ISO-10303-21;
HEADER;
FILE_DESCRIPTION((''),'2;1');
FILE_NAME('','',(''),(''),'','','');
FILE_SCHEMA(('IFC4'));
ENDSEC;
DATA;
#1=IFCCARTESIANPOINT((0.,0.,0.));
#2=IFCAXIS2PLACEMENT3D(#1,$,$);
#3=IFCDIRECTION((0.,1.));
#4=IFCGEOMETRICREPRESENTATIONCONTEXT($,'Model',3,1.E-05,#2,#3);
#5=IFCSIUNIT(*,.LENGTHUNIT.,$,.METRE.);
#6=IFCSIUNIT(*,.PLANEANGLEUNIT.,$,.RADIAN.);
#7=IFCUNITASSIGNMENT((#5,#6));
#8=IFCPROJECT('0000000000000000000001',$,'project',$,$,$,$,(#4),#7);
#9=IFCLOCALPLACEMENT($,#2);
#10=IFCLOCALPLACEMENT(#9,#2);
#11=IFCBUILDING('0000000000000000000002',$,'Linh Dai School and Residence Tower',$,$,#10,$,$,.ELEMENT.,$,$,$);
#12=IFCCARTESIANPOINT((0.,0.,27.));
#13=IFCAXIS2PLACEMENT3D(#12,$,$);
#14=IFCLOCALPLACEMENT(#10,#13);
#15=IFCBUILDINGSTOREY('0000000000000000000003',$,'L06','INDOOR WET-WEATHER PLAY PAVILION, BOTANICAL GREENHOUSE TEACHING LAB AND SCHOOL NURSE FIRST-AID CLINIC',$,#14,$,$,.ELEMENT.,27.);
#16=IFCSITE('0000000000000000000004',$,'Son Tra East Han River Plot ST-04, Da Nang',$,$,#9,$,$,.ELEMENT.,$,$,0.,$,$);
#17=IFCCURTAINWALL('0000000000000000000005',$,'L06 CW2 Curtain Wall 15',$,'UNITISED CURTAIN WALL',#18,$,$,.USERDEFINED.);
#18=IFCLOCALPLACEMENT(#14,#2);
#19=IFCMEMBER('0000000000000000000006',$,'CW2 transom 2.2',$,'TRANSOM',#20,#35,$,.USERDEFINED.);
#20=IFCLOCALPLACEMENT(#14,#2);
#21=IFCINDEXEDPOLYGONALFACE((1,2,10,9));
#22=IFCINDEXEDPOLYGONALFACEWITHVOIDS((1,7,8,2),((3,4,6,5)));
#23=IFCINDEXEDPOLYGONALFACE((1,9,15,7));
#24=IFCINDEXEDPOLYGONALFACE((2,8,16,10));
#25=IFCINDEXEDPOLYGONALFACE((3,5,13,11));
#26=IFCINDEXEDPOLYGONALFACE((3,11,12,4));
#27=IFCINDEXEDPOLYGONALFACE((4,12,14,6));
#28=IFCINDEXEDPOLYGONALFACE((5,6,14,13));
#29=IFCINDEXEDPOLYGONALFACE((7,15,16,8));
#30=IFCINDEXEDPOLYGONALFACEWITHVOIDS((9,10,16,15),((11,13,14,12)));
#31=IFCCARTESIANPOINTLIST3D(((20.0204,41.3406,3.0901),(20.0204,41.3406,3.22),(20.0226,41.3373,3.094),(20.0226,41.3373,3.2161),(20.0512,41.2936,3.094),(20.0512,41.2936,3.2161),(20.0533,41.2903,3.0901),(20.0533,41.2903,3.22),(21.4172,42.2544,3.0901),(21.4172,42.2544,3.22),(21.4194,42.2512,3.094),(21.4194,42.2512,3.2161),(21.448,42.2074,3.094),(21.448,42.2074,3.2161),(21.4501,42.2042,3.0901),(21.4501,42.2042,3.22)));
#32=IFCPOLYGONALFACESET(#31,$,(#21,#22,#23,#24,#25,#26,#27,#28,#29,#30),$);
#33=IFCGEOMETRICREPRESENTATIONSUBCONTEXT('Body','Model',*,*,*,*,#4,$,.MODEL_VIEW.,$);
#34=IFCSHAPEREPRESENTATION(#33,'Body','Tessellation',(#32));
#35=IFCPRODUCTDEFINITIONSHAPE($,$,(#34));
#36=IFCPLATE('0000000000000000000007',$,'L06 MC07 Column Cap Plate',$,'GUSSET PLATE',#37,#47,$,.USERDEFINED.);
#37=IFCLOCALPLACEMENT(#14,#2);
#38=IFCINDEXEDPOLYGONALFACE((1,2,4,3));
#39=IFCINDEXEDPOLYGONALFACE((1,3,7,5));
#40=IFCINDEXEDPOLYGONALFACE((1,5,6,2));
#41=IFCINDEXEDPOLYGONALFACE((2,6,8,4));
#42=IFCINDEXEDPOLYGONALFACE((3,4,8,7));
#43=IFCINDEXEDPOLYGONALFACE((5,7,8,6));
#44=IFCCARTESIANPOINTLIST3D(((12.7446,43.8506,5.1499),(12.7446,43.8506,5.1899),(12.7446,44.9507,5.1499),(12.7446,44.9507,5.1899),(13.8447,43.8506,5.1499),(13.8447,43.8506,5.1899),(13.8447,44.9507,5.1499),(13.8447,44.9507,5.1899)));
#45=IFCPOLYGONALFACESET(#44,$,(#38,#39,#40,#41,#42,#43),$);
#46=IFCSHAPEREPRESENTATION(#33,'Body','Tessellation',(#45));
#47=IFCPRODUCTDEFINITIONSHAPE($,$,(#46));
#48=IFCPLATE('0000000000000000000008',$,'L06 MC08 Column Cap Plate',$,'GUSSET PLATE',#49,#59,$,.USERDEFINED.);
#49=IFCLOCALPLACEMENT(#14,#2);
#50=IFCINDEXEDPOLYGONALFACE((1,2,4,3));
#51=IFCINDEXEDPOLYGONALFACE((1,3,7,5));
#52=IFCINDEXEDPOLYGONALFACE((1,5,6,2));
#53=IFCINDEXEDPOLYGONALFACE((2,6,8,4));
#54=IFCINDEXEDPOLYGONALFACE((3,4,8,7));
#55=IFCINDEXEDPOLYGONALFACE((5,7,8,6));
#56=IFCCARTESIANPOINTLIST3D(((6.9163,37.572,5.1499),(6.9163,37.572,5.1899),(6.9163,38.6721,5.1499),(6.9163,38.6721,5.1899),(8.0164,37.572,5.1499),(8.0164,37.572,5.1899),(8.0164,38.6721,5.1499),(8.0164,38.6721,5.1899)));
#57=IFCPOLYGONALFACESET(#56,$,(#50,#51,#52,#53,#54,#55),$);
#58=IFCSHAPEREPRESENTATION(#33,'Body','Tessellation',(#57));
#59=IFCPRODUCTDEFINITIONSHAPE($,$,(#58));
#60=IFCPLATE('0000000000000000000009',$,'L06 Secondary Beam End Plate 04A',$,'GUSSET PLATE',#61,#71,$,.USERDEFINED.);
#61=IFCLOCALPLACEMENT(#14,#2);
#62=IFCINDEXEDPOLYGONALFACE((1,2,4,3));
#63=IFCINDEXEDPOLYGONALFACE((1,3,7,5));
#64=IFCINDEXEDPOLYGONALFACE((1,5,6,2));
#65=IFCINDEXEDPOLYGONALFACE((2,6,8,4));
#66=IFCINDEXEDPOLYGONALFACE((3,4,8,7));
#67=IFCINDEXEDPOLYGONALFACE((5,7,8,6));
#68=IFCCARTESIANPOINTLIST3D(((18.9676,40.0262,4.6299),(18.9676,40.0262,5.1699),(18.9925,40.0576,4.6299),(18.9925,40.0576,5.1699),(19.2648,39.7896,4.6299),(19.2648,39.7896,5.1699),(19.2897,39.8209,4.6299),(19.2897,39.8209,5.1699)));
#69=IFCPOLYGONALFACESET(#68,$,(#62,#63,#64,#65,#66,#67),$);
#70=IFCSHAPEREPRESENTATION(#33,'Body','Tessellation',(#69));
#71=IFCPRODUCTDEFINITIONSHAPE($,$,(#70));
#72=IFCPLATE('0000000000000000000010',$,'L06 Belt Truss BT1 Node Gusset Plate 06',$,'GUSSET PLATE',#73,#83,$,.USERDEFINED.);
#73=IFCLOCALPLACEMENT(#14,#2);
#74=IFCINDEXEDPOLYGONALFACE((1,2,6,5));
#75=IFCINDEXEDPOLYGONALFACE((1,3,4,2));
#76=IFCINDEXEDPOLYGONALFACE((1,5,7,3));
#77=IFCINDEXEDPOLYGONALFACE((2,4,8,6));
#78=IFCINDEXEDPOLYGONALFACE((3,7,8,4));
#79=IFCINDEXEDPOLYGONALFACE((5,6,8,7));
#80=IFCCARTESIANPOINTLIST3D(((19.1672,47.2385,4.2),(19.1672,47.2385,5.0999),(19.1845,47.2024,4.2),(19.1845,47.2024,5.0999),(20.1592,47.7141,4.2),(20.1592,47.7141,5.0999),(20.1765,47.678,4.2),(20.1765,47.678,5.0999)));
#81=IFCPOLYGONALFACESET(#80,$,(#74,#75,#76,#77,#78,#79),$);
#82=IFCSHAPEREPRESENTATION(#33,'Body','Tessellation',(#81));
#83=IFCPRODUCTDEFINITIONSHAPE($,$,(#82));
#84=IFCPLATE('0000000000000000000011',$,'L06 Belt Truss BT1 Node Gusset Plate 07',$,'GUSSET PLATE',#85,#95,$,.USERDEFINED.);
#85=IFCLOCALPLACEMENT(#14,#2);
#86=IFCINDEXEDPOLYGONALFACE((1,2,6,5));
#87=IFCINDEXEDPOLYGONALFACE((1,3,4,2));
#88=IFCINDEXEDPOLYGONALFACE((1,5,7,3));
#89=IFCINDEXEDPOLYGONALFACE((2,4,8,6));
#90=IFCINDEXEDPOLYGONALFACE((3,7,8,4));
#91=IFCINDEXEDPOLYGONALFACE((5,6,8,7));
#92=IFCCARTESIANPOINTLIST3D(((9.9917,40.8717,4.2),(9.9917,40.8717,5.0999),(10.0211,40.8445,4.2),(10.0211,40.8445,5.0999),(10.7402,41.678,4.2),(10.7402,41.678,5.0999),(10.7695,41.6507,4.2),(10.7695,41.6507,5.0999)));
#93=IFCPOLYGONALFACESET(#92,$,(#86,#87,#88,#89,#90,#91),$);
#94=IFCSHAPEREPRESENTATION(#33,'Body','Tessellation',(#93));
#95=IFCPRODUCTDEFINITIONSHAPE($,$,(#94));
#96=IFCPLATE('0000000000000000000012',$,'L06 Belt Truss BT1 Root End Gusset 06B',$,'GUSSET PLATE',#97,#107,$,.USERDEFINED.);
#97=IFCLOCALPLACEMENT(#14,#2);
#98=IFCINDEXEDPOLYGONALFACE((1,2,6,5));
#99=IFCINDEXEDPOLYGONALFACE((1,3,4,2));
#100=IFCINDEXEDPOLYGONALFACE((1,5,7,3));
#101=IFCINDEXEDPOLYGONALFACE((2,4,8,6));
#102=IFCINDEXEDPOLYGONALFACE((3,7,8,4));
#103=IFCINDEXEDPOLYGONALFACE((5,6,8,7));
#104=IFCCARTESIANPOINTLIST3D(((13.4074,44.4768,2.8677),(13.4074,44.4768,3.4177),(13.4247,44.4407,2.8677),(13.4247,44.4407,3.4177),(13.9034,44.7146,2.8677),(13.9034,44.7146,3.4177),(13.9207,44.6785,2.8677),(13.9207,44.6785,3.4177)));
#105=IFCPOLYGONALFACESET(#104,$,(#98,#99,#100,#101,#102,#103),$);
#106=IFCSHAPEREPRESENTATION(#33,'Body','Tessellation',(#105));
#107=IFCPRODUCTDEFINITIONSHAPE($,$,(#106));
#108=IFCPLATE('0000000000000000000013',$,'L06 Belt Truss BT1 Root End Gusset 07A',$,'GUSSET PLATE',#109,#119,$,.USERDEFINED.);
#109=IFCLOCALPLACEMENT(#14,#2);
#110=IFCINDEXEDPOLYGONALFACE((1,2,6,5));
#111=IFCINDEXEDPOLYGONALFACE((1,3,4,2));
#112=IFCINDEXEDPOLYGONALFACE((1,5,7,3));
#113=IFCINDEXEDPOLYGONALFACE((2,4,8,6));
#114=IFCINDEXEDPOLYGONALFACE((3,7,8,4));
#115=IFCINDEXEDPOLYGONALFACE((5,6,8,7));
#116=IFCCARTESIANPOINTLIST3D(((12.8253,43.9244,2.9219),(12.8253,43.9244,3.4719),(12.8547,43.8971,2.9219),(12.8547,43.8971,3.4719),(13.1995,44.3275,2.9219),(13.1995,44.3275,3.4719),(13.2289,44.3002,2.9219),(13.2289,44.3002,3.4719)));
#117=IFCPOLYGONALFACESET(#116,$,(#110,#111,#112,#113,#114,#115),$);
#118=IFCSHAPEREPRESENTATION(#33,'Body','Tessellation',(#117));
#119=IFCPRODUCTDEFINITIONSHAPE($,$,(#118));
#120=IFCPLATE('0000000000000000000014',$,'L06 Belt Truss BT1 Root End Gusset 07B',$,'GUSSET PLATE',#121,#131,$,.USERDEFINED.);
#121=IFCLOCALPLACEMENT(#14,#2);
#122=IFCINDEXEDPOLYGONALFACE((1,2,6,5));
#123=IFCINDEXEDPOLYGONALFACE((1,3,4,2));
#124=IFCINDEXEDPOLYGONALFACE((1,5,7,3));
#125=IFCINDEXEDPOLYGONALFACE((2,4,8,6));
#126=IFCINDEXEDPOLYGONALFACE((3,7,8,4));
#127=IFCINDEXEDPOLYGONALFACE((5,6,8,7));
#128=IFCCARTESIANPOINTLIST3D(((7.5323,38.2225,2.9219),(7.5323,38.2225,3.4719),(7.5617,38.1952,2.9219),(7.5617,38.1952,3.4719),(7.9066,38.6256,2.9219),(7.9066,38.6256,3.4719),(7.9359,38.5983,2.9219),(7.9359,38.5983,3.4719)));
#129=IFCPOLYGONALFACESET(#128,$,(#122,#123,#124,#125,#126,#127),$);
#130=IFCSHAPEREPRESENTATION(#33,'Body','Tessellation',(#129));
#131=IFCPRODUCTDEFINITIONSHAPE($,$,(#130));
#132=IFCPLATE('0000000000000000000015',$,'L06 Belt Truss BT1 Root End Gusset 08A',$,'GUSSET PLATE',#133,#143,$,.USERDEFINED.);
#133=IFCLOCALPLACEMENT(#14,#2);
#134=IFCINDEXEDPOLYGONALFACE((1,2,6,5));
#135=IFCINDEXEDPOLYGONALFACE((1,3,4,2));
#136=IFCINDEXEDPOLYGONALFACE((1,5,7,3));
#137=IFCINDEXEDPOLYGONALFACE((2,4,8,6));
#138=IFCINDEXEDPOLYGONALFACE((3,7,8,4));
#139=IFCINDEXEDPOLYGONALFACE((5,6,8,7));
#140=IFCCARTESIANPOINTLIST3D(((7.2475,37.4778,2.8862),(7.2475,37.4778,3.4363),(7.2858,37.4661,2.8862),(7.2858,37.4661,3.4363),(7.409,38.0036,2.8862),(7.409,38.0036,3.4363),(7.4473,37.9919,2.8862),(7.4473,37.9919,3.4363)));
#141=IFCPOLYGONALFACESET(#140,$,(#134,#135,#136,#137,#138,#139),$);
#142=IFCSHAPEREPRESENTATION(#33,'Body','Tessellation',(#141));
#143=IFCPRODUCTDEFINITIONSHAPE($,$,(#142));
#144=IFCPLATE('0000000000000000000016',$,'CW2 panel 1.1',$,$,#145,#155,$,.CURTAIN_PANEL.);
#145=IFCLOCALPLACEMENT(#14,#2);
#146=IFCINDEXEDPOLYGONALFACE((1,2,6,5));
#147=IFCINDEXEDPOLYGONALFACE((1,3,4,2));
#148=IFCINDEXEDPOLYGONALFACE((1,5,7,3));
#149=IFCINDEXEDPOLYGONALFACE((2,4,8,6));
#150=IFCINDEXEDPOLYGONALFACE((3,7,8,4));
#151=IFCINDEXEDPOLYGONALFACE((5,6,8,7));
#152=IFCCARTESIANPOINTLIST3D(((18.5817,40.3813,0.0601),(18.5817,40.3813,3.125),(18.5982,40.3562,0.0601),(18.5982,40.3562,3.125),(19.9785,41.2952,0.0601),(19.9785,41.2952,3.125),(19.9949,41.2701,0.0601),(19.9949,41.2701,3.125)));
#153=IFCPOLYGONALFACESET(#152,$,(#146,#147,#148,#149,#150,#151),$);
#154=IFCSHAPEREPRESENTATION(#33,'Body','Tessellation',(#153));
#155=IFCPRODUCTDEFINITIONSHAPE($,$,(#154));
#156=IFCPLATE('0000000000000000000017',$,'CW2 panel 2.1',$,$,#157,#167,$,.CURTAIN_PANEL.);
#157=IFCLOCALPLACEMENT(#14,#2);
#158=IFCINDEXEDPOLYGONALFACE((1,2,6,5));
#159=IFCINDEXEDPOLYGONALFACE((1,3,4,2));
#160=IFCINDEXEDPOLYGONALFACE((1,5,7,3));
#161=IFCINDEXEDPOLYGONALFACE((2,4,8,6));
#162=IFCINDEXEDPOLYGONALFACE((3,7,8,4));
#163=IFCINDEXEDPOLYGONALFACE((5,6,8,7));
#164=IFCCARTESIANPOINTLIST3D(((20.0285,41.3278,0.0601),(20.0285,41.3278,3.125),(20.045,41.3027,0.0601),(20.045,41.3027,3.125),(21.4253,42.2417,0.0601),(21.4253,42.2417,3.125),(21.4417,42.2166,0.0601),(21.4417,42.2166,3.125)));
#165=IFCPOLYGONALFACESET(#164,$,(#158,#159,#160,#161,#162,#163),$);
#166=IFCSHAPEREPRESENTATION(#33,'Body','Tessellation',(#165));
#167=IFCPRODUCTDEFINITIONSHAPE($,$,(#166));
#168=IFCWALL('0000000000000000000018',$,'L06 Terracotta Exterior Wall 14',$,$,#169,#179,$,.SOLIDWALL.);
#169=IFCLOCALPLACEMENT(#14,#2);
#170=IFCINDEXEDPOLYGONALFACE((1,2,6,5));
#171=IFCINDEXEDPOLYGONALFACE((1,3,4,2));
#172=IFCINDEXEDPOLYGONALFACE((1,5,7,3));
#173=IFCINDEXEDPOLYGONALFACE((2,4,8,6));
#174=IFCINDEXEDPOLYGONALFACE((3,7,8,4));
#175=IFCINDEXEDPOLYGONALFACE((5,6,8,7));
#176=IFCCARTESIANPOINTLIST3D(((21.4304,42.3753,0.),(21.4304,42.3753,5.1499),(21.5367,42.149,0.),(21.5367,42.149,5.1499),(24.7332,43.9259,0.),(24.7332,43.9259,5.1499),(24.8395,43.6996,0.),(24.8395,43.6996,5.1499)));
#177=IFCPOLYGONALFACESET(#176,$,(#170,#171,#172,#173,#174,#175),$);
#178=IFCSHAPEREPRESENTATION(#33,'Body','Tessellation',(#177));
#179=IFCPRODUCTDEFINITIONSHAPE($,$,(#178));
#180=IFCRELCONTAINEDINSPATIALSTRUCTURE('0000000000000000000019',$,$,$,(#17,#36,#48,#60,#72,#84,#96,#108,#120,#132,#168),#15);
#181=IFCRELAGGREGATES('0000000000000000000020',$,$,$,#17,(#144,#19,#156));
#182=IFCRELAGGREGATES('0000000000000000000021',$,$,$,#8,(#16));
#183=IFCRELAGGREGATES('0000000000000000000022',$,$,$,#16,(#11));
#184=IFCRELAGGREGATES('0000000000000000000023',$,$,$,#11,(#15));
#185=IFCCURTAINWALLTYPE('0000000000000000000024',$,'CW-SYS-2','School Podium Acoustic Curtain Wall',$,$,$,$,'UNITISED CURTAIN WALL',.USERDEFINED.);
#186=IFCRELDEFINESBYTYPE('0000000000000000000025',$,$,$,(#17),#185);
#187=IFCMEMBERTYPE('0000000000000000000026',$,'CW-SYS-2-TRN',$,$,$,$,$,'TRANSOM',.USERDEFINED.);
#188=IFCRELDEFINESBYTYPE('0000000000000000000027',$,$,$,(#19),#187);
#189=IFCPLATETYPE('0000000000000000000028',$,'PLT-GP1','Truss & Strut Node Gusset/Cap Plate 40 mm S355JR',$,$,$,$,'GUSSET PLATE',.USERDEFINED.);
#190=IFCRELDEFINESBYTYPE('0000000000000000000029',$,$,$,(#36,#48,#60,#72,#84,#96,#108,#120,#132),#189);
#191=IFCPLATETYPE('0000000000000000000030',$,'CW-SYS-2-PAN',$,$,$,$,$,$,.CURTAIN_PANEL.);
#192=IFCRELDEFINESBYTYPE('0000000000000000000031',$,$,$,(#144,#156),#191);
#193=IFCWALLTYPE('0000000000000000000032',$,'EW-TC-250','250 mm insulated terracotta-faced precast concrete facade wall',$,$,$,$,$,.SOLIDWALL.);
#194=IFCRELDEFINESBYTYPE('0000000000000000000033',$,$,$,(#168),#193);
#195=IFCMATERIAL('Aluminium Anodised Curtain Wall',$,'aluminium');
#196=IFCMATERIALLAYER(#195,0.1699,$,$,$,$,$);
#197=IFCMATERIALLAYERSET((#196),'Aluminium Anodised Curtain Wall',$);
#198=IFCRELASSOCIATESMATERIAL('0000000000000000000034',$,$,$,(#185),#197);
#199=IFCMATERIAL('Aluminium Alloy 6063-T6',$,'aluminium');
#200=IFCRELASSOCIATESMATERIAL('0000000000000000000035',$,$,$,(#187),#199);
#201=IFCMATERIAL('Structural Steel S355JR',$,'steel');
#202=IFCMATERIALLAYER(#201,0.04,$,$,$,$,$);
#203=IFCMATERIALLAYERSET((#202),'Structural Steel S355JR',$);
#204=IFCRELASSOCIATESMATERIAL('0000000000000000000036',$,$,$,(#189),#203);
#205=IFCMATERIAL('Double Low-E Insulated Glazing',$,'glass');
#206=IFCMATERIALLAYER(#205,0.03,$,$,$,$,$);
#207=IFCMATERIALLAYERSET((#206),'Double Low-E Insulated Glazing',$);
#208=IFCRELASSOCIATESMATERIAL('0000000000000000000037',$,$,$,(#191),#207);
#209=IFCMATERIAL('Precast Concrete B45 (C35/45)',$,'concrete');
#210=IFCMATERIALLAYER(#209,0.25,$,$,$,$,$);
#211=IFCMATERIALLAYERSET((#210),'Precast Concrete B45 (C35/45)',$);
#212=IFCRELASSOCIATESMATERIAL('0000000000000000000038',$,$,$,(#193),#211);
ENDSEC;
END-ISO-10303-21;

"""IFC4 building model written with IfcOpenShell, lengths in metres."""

from ifc_helpers import new_model, si_unit, direction, frame, frame_2d, origin, origin_2d, place, context, subcontext, project, spatial, rectangle, hollow_rectangle, extrude, source, transform, mapped, material, layer, layer_set, material_profile, profile_set, type_object, element, aggregate, save


model = new_model("IFC4")

# Units and contexts
model_context = context("Model", 3, precision=1e-05, world=origin(), true_north=direction((0.0, 1.0)))
body_context = subcontext(model_context, "Body", "Model", "MODEL_VIEW")
ifc_project = project(units=[si_unit("LENGTHUNIT", "METRE"), si_unit("PLANEANGLEUNIT", "RADIAN")], contexts=[model_context])

# Site, building, storey
site_placement = place(None, origin())
site = spatial("IfcSite", under=ifc_project, at=site_placement, Name="Son Tra East Han River Plot ST-04, Da Nang", CompositionType="ELEMENT", RefElevation=0.0)
building_placement = place(site_placement, origin())
building = spatial("IfcBuilding", under=site, at=building_placement, Name="Linh Dai School and Residence Tower", CompositionType="ELEMENT")
storey_placement = place(building_placement, frame((0.0, 0.0, 27.0)))
storey = spatial("IfcBuildingStorey", under=building, at=storey_placement, Name="L06", Description="INDOOR WET-WEATHER PLAY PAVILION, BOTANICAL GREENHOUSE TEACHING LAB AND SCHOOL NURSE FIRST-AID CLINIC", CompositionType="ELEMENT", Elevation=27.0)

# Shared definitions
ifc_material_1 = material(Name="Structural Steel S355JR", Category="steel")

# Curtain wall, member
ifc_material_2 = material(Name="Aluminium Anodised Curtain Wall", Category="aluminium")
ifc_layer_1 = layer(ifc_material_2, 0.1699)
ifc_layer_set_1 = layer_set([ifc_layer_1], Name="Aluminium Anodised Curtain Wall")
curtain_wall_type = type_object("IfcCurtainWallType", Name="CW-SYS-2", Description="School Podium Acoustic Curtain Wall", ElementType="UNITISED CURTAIN WALL", PredefinedType="USERDEFINED", material=ifc_layer_set_1)
curtain_wall_placement = place(storey_placement, origin())
curtain_wall = element("IfcCurtainWall", 1, at=curtain_wall_placement, inside=storey, type_object=curtain_wall_type, Name="L06 CW2 Curtain Wall 15", ObjectType="UNITISED CURTAIN WALL", PredefinedType="USERDEFINED")
ifc_material_3 = material(Name="Aluminium Alloy 6063-T6", Category="aluminium")
ifc_material_profile_1 = material_profile(ifc_material_3, hollow_rectangle(XDim=0.0601, YDim=0.1299, WallThickness=0.0039, at=origin_2d()), Name="RHS 130x60x4")
ifc_profile_set_1 = profile_set([ifc_material_profile_1], Name="Aluminium Alloy 6063-T6")
member_type_1 = type_object("IfcMemberType", Name="CW-SYS-2-TRN", ElementType="TRANSOM", PredefinedType="USERDEFINED", material=ifc_profile_set_1)
shared_shape_1 = source(origin(), body_context, "Body", "SweptSolid", [
    extrude(hollow_rectangle(XDim=0.0601, YDim=0.1299, WallThickness=0.0039, at=origin_2d()), origin(), (0.0, 0.0, 1.0), 1.6692),
])
member_1_placement = place(storey_placement, frame((20.0369, 41.3154, 3.155), z_axis=(0.836812, 0.54749, 0.0), x_axis=(-0.54749, 0.836812, 0.0)))
member_1 = element("IfcMember", 2, at=member_1_placement, type_object=member_type_1, Name="CW2 transom 2.2", ObjectType="TRANSOM", PredefinedType="USERDEFINED", context=body_context, shape_type="MappedRepresentation", body=[
    mapped(shared_shape_1, transform((0.0, 0.0, 0.0), x_axis=(1.0, 0.0, 0.0), y_axis=(0.0, 1.0, 0.0), z_axis=(0.0, 0.0, 1.0), scale=1.0)),
])

# Plates
ifc_layer_2 = layer(ifc_material_1, 0.04)
ifc_layer_set_2 = layer_set([ifc_layer_2], Name="Structural Steel S355JR")
plate_type_1 = type_object("IfcPlateType", Name="PLT-GP1", Description="Truss & Strut Node Gusset/Cap Plate 40 mm S355JR", ElementType="GUSSET PLATE", PredefinedType="USERDEFINED", material=ifc_layer_set_2)
shared_shape_2 = source(origin(), body_context, "Body", "SweptSolid", [
    extrude(rectangle(XDim=1.1001, YDim=1.1001, at=origin_2d()), origin(), (0.0, 0.0, 1.0), 0.04),
])
for number, where, z_axis, x_axis, name in (
    (3, (13.2947, 44.4006, 5.1499), (0.0, 0.0, 1.0), (1.0, 0.0, 0.0), "L06 MC07 Column Cap Plate"),
    (4, (7.4663, 38.1221, 5.1499), (0.0, 0.0, 1.0), (1.0, 0.0, 0.0), "L06 MC08 Column Cap Plate"),
):
    element("IfcPlate", number, at=place(storey_placement, frame(where, z_axis=z_axis, x_axis=x_axis)), inside=storey, type_object=plate_type_1, Name=name, ObjectType="GUSSET PLATE", PredefinedType="USERDEFINED", context=body_context, shape_type="MappedRepresentation", body=[
        mapped(shared_shape_2, transform((0.0, 0.0, 0.0), x_axis=(1.0, 0.0, 0.0), y_axis=(0.0, 1.0, 0.0), z_axis=(0.0, 0.0, 1.0), scale=1.0)),
    ])
shared_shape_3 = source(origin(), body_context, "Body", "SweptSolid", [
    extrude(rectangle(XDim=0.04, YDim=0.3799, at=origin_2d()), origin(), (0.0, 0.0, 1.0), 0.54),
])
plate_1_placement = place(storey_placement, frame((19.1287, 39.9236, 4.6299), z_axis=(0.0, 0.0, 1.0), x_axis=(-0.622933, -0.782276, 0.0)))
element("IfcPlate", 5, at=plate_1_placement, inside=storey, type_object=plate_type_1, Name="L06 Secondary Beam End Plate 04A", ObjectType="GUSSET PLATE", PredefinedType="USERDEFINED", context=body_context, shape_type="MappedRepresentation", body=[
    mapped(shared_shape_3, transform((0.0, 0.0, 0.0), x_axis=(1.0, 0.0, 0.0), y_axis=(0.0, 1.0, 0.0), z_axis=(0.0, 0.0, 1.0), scale=1.0)),
])
shared_shape_4 = source(origin(), body_context, "Body", "SweptSolid", [
    extrude(rectangle(XDim=1.1001, YDim=0.04, at=origin_2d()), origin(), (0.0, 0.0, 1.0), 0.8999),
])
for number, where, z_axis, x_axis, name in (
    (6, (19.6719, 47.4583, 4.2), (0.0, 0.0, 1.0), (-0.901704, -0.432355, 0.0), "L06 Belt Truss BT1 Node Gusset Plate 06"),
    (7, (10.3806, 41.2612, 4.2), (0.0, 0.0, 1.0), (-0.680345, -0.732892, 0.0), "L06 Belt Truss BT1 Node Gusset Plate 07"),
):
    element("IfcPlate", number, at=place(storey_placement, frame(where, z_axis=z_axis, x_axis=x_axis)), inside=storey, type_object=plate_type_1, Name=name, ObjectType="GUSSET PLATE", PredefinedType="USERDEFINED", context=body_context, shape_type="MappedRepresentation", body=[
        mapped(shared_shape_4, transform((0.0, 0.0, 0.0), x_axis=(1.0, 0.0, 0.0), y_axis=(0.0, 1.0, 0.0), z_axis=(0.0, 0.0, 1.0), scale=1.0)),
    ])
shared_shape_5 = source(origin(), body_context, "Body", "SweptSolid", [
    extrude(rectangle(XDim=0.55, YDim=0.04, at=origin_2d()), origin(), (0.0, 0.0, 1.0), 0.55),
])
for number, where, z_axis, x_axis, name in (
    (8, (13.6641, 44.5776, 2.8677), (0.0, 0.0, 1.0), (-0.901704, -0.432355, 0.0), "L06 Belt Truss BT1 Root End Gusset 06B"),
    (9, (13.0271, 44.1123, 2.9219), (0.0, 0.0, 1.0), (-0.680345, -0.732892, 0.0), "L06 Belt Truss BT1 Root End Gusset 07A"),
    (10, (7.7341, 38.4104, 2.9219), (0.0, 0.0, 1.0), (-0.680345, -0.732892, 0.0), "L06 Belt Truss BT1 Root End Gusset 07B"),
    (11, (7.3474, 37.7349, 2.8862), (0.0, 0.0, 1.0), (-0.293628, -0.95592, 0.0), "L06 Belt Truss BT1 Root End Gusset 08A"),
):
    element("IfcPlate", number, at=place(storey_placement, frame(where, z_axis=z_axis, x_axis=x_axis)), inside=storey, type_object=plate_type_1, Name=name, ObjectType="GUSSET PLATE", PredefinedType="USERDEFINED", context=body_context, shape_type="MappedRepresentation", body=[
        mapped(shared_shape_5, transform((0.0, 0.0, 0.0), x_axis=(1.0, 0.0, 0.0), y_axis=(0.0, 1.0, 0.0), z_axis=(0.0, 0.0, 1.0), scale=1.0)),
    ])

# Plates
ifc_material_4 = material(Name="Double Low-E Insulated Glazing", Category="glass")
ifc_layer_3 = layer(ifc_material_4, 0.03)
ifc_layer_set_3 = layer_set([ifc_layer_3], Name="Double Low-E Insulated Glazing")
plate_type_2 = type_object("IfcPlateType", Name="CW-SYS-2-PAN", PredefinedType="CURTAIN_PANEL", material=ifc_layer_set_3)
shared_shape_6 = source(origin(), body_context, "Body", "SweptSolid", [
    extrude(rectangle(XDim=1.6692, YDim=0.03, at=origin_2d()), origin(), (0.0, 0.0, 1.0), 3.0649),
])
plate_2_placement = place(storey_placement, frame((19.2883, 40.8257, 0.0601), z_axis=(0.0, 0.0, 1.0), x_axis=(0.836786, 0.54753, 0.0)))
plate_2 = element("IfcPlate", 12, at=plate_2_placement, type_object=plate_type_2, Name="CW2 panel 1.1", PredefinedType="CURTAIN_PANEL", context=body_context, shape_type="MappedRepresentation", body=[
    mapped(shared_shape_6, transform((0.0, 0.0, 0.0), x_axis=(1.0, 0.0, 0.0), y_axis=(0.0, 1.0, 0.0), z_axis=(0.0, 0.0, 1.0), scale=1.0)),
])
plate_3_placement = place(storey_placement, frame((20.7351, 41.7722, 0.0601), z_axis=(0.0, 0.0, 1.0), x_axis=(0.836786, 0.54753, 0.0)))
plate_3 = element("IfcPlate", 13, at=plate_3_placement, type_object=plate_type_2, Name="CW2 panel 2.1", PredefinedType="CURTAIN_PANEL", context=body_context, shape_type="MappedRepresentation", body=[
    mapped(shared_shape_6, transform((0.0, 0.0, 0.0), x_axis=(1.0, 0.0, 0.0), y_axis=(0.0, 1.0, 0.0), z_axis=(0.0, 0.0, 1.0), scale=1.0)),
])
aggregate(curtain_wall, [plate_2, member_1, plate_3])

# Wall
ifc_material_5 = material(Name="Precast Concrete B45 (C35/45)", Category="concrete")
ifc_layer_4 = layer(ifc_material_5, 0.25)
ifc_layer_set_4 = layer_set([ifc_layer_4], Name="Precast Concrete B45 (C35/45)")
wall_type = type_object("IfcWallType", Name="EW-TC-250", Description="250 mm insulated terracotta-faced precast concrete facade wall", PredefinedType="SOLIDWALL", material=ifc_layer_set_4)
wall_1_placement = place(storey_placement, frame((21.4836, 42.2622, 0.0), z_axis=(0.0, 0.0, 1.0), x_axis=(0.905208, 0.424969, 0.0)))
element("IfcWall", 14, at=wall_1_placement, inside=storey, type_object=wall_type, Name="L06 Terracotta Exterior Wall 14", PredefinedType="SOLIDWALL", context=body_context, shape_type="SweptSolid", body=[
    extrude(rectangle(XDim=3.6487, YDim=0.25, at=frame_2d((1.8242, 0.0))), origin(), (0.0, 0.0, 1.0), 5.1499),
])

save(model, "model.ifc")
